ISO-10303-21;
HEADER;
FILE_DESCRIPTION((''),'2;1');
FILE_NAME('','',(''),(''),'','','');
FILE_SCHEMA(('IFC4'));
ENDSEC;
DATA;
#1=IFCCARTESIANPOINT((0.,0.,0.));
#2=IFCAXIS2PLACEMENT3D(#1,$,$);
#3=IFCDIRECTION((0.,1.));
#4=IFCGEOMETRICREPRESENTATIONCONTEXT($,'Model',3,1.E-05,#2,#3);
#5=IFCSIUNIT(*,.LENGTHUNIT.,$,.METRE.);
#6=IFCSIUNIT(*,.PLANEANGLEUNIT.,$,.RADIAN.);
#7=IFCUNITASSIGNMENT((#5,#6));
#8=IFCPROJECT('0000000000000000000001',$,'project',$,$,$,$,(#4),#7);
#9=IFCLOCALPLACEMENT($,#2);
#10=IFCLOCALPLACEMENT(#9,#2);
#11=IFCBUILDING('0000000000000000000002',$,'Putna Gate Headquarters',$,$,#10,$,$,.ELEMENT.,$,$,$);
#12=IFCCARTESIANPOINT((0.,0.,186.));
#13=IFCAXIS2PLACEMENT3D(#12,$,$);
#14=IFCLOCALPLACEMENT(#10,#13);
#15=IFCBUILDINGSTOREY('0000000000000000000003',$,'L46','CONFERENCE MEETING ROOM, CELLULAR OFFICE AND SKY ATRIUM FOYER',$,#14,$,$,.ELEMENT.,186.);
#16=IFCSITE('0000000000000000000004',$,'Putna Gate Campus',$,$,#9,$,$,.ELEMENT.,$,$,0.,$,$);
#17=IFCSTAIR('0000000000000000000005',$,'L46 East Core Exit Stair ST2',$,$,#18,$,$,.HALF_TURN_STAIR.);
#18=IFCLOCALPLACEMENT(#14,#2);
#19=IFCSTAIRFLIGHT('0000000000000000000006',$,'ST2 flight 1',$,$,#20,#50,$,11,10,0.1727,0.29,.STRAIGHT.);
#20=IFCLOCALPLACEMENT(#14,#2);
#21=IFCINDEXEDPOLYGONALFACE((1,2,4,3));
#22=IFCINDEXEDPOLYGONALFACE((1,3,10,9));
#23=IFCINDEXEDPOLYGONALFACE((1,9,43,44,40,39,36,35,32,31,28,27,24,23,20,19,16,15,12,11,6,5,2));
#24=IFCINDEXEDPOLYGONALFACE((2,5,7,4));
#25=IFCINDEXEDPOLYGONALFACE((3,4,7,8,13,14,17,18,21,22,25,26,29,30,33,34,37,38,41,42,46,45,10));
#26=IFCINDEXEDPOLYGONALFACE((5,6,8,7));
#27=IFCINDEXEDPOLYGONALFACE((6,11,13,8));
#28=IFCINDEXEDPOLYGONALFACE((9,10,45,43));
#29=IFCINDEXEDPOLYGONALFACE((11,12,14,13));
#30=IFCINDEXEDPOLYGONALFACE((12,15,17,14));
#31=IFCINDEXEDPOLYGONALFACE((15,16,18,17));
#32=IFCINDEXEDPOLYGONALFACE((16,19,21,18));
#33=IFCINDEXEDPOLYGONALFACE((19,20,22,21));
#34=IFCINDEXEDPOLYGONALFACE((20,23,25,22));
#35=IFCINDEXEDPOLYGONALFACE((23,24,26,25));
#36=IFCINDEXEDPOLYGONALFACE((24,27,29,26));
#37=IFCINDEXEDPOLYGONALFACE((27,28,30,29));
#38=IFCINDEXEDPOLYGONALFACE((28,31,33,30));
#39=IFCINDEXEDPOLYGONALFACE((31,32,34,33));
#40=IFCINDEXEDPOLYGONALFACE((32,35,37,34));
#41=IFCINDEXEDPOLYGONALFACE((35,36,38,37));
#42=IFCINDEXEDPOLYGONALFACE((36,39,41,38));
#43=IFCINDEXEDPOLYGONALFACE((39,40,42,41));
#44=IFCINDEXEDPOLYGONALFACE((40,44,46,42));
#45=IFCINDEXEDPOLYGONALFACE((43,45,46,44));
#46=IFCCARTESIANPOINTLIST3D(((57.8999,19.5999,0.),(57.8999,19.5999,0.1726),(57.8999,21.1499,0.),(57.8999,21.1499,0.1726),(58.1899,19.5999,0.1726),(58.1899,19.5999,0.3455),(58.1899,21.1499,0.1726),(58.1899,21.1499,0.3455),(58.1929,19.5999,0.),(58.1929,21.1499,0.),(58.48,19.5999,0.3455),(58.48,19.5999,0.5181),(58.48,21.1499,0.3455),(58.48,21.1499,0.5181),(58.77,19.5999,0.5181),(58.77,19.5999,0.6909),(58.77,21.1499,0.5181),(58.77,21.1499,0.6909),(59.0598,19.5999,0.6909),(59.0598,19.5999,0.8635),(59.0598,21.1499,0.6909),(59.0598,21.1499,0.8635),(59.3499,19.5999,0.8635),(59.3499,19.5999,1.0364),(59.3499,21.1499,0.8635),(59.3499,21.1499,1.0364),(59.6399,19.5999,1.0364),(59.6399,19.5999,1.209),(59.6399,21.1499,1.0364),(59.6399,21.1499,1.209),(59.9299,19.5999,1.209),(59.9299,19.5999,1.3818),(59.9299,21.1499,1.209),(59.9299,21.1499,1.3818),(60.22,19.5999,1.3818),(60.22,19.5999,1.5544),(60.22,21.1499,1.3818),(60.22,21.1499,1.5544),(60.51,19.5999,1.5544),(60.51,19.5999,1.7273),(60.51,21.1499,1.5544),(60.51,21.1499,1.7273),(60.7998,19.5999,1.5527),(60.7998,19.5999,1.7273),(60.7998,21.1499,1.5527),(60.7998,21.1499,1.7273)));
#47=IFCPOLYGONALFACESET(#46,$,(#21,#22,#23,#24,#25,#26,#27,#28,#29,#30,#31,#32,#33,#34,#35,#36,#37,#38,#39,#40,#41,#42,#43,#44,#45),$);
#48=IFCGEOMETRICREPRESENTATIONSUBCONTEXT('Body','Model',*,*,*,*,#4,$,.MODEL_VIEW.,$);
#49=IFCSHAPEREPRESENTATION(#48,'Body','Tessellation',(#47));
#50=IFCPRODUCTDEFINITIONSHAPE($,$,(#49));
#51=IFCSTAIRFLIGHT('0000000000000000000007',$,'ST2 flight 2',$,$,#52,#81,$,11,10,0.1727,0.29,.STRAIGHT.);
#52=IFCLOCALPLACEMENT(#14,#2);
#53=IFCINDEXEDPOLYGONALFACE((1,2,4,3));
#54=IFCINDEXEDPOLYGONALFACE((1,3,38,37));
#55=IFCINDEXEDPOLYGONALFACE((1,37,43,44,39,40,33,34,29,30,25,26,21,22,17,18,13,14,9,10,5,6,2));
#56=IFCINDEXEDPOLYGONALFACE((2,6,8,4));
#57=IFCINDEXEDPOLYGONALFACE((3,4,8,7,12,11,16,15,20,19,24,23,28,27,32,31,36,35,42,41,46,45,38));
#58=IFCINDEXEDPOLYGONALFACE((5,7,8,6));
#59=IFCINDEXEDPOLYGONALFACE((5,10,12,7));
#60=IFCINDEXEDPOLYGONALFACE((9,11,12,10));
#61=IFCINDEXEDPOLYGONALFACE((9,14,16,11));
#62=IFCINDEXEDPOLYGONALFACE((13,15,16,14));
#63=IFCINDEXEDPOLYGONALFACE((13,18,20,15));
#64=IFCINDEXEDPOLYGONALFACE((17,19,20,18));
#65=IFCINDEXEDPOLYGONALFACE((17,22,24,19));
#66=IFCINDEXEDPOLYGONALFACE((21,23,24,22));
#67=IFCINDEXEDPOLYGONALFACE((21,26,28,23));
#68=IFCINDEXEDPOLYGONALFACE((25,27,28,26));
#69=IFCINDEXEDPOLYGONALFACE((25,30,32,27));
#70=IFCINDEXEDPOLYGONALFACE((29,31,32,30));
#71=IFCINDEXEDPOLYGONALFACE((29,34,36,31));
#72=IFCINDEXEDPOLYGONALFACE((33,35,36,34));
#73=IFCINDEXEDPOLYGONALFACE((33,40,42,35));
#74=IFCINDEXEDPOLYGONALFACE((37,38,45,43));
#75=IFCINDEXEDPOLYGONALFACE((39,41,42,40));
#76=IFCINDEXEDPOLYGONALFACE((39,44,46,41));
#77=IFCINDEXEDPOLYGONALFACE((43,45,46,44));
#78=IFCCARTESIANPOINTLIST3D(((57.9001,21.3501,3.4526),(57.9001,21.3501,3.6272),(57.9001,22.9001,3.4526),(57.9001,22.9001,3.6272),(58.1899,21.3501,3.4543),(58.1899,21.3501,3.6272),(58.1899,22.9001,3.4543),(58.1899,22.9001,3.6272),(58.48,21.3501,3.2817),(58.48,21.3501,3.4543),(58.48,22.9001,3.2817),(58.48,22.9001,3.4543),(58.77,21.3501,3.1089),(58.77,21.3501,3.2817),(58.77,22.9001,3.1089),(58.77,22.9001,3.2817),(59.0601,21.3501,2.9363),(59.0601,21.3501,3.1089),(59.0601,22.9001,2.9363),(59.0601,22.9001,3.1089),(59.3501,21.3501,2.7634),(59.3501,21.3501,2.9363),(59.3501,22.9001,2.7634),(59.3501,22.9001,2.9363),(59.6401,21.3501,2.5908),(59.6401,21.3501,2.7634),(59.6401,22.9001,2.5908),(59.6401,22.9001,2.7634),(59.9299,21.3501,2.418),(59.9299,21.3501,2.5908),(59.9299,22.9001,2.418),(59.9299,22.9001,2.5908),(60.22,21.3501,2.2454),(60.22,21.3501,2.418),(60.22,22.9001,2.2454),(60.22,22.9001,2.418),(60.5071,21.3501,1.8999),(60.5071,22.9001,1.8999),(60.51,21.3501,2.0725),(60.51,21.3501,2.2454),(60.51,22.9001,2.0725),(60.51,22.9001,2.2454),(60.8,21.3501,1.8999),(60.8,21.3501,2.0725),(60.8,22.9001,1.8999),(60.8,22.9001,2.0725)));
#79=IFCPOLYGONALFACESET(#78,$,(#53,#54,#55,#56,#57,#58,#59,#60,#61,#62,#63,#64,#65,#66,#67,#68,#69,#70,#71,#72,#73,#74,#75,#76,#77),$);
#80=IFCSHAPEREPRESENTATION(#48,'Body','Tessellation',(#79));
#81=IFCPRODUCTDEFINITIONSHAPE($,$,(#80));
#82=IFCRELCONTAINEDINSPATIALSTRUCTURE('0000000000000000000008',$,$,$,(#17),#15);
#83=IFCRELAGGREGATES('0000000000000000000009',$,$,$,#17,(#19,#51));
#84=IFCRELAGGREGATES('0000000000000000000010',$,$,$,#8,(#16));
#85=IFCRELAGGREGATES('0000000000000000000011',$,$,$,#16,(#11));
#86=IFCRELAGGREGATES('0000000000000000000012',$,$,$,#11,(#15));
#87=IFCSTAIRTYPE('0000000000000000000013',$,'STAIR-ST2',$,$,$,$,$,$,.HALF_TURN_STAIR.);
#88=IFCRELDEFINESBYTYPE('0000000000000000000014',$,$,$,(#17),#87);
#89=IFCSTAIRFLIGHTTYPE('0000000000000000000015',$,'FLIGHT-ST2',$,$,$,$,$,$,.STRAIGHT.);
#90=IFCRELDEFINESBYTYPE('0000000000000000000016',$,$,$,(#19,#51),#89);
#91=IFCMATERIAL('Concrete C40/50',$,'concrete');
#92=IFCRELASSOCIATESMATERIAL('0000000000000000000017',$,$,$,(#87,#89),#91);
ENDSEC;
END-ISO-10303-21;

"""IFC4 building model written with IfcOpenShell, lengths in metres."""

from ifc_helpers import new_model, si_unit, direction, frame, origin, place, context, subcontext, project, spatial, polyline, outline, extrude, material, type_object, element, aggregate, save


model = new_model("IFC4")

# Units and contexts
model_context = context("Model", 3, precision=1e-05, world=origin(), true_north=direction((0.0, 1.0)))
body_context = subcontext(model_context, "Body", "Model", "MODEL_VIEW")
ifc_project = project(units=[si_unit("LENGTHUNIT", "METRE"), si_unit("PLANEANGLEUNIT", "RADIAN")], contexts=[model_context])

# Site, building, storey
site_placement = place(None, origin())
site = spatial("IfcSite", under=ifc_project, at=site_placement, Name="Putna Gate Campus", CompositionType="ELEMENT", RefElevation=0.0)
building_placement = place(site_placement, origin())
building = spatial("IfcBuilding", under=site, at=building_placement, Name="Putna Gate Headquarters", CompositionType="ELEMENT")
storey_placement = place(building_placement, frame((0.0, 0.0, 186.0)))
storey = spatial("IfcBuildingStorey", under=building, at=storey_placement, Name="L46", Description="CONFERENCE MEETING ROOM, CELLULAR OFFICE AND SKY ATRIUM FOYER", CompositionType="ELEMENT", Elevation=186.0)

# Shared definitions
ifc_material_1 = material(Name="Concrete C40/50", Category="concrete")

# Stair, stair flights
stair_type = type_object("IfcStairType", Name="STAIR-ST2", PredefinedType="HALF_TURN_STAIR", material=ifc_material_1)
stair_placement = place(storey_placement, origin())
stair = element("IfcStair", 1, at=stair_placement, inside=storey, type_object=stair_type, Name="L46 East Core Exit Stair ST2", PredefinedType="HALF_TURN_STAIR")
stair_flight_type = type_object("IfcStairFlightType", Name="FLIGHT-ST2", PredefinedType="STRAIGHT", material=ifc_material_1)
stair_flight_1_placement = place(storey_placement, frame((57.8999, 20.375, 0.0), z_axis=(0.0, 0.0, 1.0), x_axis=(1.0, 0.0, 0.0)))
stair_flight_1 = element("IfcStairFlight", 2, at=stair_flight_1_placement, type_object=stair_flight_type, Name="ST2 flight 1", NumberOfRisers=11, NumberOfTreads=10, PredefinedType="STRAIGHT", RiserHeight=0.1727, TreadLength=0.29, context=body_context, shape_type="SweptSolid", body=[
    extrude(outline(polyline([(0.0, 0.0), (0.0, 0.1726), (0.29, 0.1726), (0.29, 0.3455), (0.5801, 0.3455), (0.5801, 0.5181), (0.8701, 0.5181), (0.8701, 0.6909), (1.1599, 0.6909), (1.1599, 0.8635), (1.45, 0.8635), (1.45, 1.0364), (1.74, 1.0364), (1.74, 1.209), (2.03, 1.209), (2.03, 1.3818), (2.3201, 1.3818), (2.3201, 1.5544), (2.6101, 1.5544), (2.6101, 1.7273), (2.8999, 1.7273), (2.8999, 1.8999), (2.8999, 1.5527), (0.293, 0.0), (0.0, 0.0)])), frame((0.0, 0.7749, 0.0), z_axis=(0.0, -1.0, 0.0), x_axis=(1.0, 0.0, 0.0)), (0.0, 0.0, 1.0), 1.55),
])
stair_flight_2_placement = place(storey_placement, frame((60.8, 22.125, 1.8999), z_axis=(0.0, 0.0, 1.0), x_axis=(-1.0, 0.0, 0.0)))
stair_flight_2 = element("IfcStairFlight", 3, at=stair_flight_2_placement, type_object=stair_flight_type, Name="ST2 flight 2", NumberOfRisers=11, NumberOfTreads=10, PredefinedType="STRAIGHT", RiserHeight=0.1727, TreadLength=0.29, context=body_context, shape_type="SweptSolid", body=[
    extrude(outline(polyline([(0.0, 0.0), (0.0, 0.1726), (0.29, 0.1726), (0.29, 0.3455), (0.5801, 0.3455), (0.5801, 0.5181), (0.8701, 0.5181), (0.8701, 0.6909), (1.1599, 0.6909), (1.1599, 0.8635), (1.45, 0.8635), (1.45, 1.0364), (1.74, 1.0364), (1.74, 1.209), (2.03, 1.209), (2.03, 1.3818), (2.3201, 1.3818), (2.3201, 1.5544), (2.6101, 1.5544), (2.6101, 1.7273), (2.8999, 1.7273), (2.8999, 1.8999), (2.8999, 1.5527), (0.293, 0.0), (0.0, 0.0)])), frame((0.0, 0.7749, 0.0), z_axis=(0.0, -1.0, 0.0), x_axis=(1.0, 0.0, 0.0)), (0.0, 0.0, 1.0), 1.55),
])
aggregate(stair, [stair_flight_1, stair_flight_2])

save(model, "model.ifc")
